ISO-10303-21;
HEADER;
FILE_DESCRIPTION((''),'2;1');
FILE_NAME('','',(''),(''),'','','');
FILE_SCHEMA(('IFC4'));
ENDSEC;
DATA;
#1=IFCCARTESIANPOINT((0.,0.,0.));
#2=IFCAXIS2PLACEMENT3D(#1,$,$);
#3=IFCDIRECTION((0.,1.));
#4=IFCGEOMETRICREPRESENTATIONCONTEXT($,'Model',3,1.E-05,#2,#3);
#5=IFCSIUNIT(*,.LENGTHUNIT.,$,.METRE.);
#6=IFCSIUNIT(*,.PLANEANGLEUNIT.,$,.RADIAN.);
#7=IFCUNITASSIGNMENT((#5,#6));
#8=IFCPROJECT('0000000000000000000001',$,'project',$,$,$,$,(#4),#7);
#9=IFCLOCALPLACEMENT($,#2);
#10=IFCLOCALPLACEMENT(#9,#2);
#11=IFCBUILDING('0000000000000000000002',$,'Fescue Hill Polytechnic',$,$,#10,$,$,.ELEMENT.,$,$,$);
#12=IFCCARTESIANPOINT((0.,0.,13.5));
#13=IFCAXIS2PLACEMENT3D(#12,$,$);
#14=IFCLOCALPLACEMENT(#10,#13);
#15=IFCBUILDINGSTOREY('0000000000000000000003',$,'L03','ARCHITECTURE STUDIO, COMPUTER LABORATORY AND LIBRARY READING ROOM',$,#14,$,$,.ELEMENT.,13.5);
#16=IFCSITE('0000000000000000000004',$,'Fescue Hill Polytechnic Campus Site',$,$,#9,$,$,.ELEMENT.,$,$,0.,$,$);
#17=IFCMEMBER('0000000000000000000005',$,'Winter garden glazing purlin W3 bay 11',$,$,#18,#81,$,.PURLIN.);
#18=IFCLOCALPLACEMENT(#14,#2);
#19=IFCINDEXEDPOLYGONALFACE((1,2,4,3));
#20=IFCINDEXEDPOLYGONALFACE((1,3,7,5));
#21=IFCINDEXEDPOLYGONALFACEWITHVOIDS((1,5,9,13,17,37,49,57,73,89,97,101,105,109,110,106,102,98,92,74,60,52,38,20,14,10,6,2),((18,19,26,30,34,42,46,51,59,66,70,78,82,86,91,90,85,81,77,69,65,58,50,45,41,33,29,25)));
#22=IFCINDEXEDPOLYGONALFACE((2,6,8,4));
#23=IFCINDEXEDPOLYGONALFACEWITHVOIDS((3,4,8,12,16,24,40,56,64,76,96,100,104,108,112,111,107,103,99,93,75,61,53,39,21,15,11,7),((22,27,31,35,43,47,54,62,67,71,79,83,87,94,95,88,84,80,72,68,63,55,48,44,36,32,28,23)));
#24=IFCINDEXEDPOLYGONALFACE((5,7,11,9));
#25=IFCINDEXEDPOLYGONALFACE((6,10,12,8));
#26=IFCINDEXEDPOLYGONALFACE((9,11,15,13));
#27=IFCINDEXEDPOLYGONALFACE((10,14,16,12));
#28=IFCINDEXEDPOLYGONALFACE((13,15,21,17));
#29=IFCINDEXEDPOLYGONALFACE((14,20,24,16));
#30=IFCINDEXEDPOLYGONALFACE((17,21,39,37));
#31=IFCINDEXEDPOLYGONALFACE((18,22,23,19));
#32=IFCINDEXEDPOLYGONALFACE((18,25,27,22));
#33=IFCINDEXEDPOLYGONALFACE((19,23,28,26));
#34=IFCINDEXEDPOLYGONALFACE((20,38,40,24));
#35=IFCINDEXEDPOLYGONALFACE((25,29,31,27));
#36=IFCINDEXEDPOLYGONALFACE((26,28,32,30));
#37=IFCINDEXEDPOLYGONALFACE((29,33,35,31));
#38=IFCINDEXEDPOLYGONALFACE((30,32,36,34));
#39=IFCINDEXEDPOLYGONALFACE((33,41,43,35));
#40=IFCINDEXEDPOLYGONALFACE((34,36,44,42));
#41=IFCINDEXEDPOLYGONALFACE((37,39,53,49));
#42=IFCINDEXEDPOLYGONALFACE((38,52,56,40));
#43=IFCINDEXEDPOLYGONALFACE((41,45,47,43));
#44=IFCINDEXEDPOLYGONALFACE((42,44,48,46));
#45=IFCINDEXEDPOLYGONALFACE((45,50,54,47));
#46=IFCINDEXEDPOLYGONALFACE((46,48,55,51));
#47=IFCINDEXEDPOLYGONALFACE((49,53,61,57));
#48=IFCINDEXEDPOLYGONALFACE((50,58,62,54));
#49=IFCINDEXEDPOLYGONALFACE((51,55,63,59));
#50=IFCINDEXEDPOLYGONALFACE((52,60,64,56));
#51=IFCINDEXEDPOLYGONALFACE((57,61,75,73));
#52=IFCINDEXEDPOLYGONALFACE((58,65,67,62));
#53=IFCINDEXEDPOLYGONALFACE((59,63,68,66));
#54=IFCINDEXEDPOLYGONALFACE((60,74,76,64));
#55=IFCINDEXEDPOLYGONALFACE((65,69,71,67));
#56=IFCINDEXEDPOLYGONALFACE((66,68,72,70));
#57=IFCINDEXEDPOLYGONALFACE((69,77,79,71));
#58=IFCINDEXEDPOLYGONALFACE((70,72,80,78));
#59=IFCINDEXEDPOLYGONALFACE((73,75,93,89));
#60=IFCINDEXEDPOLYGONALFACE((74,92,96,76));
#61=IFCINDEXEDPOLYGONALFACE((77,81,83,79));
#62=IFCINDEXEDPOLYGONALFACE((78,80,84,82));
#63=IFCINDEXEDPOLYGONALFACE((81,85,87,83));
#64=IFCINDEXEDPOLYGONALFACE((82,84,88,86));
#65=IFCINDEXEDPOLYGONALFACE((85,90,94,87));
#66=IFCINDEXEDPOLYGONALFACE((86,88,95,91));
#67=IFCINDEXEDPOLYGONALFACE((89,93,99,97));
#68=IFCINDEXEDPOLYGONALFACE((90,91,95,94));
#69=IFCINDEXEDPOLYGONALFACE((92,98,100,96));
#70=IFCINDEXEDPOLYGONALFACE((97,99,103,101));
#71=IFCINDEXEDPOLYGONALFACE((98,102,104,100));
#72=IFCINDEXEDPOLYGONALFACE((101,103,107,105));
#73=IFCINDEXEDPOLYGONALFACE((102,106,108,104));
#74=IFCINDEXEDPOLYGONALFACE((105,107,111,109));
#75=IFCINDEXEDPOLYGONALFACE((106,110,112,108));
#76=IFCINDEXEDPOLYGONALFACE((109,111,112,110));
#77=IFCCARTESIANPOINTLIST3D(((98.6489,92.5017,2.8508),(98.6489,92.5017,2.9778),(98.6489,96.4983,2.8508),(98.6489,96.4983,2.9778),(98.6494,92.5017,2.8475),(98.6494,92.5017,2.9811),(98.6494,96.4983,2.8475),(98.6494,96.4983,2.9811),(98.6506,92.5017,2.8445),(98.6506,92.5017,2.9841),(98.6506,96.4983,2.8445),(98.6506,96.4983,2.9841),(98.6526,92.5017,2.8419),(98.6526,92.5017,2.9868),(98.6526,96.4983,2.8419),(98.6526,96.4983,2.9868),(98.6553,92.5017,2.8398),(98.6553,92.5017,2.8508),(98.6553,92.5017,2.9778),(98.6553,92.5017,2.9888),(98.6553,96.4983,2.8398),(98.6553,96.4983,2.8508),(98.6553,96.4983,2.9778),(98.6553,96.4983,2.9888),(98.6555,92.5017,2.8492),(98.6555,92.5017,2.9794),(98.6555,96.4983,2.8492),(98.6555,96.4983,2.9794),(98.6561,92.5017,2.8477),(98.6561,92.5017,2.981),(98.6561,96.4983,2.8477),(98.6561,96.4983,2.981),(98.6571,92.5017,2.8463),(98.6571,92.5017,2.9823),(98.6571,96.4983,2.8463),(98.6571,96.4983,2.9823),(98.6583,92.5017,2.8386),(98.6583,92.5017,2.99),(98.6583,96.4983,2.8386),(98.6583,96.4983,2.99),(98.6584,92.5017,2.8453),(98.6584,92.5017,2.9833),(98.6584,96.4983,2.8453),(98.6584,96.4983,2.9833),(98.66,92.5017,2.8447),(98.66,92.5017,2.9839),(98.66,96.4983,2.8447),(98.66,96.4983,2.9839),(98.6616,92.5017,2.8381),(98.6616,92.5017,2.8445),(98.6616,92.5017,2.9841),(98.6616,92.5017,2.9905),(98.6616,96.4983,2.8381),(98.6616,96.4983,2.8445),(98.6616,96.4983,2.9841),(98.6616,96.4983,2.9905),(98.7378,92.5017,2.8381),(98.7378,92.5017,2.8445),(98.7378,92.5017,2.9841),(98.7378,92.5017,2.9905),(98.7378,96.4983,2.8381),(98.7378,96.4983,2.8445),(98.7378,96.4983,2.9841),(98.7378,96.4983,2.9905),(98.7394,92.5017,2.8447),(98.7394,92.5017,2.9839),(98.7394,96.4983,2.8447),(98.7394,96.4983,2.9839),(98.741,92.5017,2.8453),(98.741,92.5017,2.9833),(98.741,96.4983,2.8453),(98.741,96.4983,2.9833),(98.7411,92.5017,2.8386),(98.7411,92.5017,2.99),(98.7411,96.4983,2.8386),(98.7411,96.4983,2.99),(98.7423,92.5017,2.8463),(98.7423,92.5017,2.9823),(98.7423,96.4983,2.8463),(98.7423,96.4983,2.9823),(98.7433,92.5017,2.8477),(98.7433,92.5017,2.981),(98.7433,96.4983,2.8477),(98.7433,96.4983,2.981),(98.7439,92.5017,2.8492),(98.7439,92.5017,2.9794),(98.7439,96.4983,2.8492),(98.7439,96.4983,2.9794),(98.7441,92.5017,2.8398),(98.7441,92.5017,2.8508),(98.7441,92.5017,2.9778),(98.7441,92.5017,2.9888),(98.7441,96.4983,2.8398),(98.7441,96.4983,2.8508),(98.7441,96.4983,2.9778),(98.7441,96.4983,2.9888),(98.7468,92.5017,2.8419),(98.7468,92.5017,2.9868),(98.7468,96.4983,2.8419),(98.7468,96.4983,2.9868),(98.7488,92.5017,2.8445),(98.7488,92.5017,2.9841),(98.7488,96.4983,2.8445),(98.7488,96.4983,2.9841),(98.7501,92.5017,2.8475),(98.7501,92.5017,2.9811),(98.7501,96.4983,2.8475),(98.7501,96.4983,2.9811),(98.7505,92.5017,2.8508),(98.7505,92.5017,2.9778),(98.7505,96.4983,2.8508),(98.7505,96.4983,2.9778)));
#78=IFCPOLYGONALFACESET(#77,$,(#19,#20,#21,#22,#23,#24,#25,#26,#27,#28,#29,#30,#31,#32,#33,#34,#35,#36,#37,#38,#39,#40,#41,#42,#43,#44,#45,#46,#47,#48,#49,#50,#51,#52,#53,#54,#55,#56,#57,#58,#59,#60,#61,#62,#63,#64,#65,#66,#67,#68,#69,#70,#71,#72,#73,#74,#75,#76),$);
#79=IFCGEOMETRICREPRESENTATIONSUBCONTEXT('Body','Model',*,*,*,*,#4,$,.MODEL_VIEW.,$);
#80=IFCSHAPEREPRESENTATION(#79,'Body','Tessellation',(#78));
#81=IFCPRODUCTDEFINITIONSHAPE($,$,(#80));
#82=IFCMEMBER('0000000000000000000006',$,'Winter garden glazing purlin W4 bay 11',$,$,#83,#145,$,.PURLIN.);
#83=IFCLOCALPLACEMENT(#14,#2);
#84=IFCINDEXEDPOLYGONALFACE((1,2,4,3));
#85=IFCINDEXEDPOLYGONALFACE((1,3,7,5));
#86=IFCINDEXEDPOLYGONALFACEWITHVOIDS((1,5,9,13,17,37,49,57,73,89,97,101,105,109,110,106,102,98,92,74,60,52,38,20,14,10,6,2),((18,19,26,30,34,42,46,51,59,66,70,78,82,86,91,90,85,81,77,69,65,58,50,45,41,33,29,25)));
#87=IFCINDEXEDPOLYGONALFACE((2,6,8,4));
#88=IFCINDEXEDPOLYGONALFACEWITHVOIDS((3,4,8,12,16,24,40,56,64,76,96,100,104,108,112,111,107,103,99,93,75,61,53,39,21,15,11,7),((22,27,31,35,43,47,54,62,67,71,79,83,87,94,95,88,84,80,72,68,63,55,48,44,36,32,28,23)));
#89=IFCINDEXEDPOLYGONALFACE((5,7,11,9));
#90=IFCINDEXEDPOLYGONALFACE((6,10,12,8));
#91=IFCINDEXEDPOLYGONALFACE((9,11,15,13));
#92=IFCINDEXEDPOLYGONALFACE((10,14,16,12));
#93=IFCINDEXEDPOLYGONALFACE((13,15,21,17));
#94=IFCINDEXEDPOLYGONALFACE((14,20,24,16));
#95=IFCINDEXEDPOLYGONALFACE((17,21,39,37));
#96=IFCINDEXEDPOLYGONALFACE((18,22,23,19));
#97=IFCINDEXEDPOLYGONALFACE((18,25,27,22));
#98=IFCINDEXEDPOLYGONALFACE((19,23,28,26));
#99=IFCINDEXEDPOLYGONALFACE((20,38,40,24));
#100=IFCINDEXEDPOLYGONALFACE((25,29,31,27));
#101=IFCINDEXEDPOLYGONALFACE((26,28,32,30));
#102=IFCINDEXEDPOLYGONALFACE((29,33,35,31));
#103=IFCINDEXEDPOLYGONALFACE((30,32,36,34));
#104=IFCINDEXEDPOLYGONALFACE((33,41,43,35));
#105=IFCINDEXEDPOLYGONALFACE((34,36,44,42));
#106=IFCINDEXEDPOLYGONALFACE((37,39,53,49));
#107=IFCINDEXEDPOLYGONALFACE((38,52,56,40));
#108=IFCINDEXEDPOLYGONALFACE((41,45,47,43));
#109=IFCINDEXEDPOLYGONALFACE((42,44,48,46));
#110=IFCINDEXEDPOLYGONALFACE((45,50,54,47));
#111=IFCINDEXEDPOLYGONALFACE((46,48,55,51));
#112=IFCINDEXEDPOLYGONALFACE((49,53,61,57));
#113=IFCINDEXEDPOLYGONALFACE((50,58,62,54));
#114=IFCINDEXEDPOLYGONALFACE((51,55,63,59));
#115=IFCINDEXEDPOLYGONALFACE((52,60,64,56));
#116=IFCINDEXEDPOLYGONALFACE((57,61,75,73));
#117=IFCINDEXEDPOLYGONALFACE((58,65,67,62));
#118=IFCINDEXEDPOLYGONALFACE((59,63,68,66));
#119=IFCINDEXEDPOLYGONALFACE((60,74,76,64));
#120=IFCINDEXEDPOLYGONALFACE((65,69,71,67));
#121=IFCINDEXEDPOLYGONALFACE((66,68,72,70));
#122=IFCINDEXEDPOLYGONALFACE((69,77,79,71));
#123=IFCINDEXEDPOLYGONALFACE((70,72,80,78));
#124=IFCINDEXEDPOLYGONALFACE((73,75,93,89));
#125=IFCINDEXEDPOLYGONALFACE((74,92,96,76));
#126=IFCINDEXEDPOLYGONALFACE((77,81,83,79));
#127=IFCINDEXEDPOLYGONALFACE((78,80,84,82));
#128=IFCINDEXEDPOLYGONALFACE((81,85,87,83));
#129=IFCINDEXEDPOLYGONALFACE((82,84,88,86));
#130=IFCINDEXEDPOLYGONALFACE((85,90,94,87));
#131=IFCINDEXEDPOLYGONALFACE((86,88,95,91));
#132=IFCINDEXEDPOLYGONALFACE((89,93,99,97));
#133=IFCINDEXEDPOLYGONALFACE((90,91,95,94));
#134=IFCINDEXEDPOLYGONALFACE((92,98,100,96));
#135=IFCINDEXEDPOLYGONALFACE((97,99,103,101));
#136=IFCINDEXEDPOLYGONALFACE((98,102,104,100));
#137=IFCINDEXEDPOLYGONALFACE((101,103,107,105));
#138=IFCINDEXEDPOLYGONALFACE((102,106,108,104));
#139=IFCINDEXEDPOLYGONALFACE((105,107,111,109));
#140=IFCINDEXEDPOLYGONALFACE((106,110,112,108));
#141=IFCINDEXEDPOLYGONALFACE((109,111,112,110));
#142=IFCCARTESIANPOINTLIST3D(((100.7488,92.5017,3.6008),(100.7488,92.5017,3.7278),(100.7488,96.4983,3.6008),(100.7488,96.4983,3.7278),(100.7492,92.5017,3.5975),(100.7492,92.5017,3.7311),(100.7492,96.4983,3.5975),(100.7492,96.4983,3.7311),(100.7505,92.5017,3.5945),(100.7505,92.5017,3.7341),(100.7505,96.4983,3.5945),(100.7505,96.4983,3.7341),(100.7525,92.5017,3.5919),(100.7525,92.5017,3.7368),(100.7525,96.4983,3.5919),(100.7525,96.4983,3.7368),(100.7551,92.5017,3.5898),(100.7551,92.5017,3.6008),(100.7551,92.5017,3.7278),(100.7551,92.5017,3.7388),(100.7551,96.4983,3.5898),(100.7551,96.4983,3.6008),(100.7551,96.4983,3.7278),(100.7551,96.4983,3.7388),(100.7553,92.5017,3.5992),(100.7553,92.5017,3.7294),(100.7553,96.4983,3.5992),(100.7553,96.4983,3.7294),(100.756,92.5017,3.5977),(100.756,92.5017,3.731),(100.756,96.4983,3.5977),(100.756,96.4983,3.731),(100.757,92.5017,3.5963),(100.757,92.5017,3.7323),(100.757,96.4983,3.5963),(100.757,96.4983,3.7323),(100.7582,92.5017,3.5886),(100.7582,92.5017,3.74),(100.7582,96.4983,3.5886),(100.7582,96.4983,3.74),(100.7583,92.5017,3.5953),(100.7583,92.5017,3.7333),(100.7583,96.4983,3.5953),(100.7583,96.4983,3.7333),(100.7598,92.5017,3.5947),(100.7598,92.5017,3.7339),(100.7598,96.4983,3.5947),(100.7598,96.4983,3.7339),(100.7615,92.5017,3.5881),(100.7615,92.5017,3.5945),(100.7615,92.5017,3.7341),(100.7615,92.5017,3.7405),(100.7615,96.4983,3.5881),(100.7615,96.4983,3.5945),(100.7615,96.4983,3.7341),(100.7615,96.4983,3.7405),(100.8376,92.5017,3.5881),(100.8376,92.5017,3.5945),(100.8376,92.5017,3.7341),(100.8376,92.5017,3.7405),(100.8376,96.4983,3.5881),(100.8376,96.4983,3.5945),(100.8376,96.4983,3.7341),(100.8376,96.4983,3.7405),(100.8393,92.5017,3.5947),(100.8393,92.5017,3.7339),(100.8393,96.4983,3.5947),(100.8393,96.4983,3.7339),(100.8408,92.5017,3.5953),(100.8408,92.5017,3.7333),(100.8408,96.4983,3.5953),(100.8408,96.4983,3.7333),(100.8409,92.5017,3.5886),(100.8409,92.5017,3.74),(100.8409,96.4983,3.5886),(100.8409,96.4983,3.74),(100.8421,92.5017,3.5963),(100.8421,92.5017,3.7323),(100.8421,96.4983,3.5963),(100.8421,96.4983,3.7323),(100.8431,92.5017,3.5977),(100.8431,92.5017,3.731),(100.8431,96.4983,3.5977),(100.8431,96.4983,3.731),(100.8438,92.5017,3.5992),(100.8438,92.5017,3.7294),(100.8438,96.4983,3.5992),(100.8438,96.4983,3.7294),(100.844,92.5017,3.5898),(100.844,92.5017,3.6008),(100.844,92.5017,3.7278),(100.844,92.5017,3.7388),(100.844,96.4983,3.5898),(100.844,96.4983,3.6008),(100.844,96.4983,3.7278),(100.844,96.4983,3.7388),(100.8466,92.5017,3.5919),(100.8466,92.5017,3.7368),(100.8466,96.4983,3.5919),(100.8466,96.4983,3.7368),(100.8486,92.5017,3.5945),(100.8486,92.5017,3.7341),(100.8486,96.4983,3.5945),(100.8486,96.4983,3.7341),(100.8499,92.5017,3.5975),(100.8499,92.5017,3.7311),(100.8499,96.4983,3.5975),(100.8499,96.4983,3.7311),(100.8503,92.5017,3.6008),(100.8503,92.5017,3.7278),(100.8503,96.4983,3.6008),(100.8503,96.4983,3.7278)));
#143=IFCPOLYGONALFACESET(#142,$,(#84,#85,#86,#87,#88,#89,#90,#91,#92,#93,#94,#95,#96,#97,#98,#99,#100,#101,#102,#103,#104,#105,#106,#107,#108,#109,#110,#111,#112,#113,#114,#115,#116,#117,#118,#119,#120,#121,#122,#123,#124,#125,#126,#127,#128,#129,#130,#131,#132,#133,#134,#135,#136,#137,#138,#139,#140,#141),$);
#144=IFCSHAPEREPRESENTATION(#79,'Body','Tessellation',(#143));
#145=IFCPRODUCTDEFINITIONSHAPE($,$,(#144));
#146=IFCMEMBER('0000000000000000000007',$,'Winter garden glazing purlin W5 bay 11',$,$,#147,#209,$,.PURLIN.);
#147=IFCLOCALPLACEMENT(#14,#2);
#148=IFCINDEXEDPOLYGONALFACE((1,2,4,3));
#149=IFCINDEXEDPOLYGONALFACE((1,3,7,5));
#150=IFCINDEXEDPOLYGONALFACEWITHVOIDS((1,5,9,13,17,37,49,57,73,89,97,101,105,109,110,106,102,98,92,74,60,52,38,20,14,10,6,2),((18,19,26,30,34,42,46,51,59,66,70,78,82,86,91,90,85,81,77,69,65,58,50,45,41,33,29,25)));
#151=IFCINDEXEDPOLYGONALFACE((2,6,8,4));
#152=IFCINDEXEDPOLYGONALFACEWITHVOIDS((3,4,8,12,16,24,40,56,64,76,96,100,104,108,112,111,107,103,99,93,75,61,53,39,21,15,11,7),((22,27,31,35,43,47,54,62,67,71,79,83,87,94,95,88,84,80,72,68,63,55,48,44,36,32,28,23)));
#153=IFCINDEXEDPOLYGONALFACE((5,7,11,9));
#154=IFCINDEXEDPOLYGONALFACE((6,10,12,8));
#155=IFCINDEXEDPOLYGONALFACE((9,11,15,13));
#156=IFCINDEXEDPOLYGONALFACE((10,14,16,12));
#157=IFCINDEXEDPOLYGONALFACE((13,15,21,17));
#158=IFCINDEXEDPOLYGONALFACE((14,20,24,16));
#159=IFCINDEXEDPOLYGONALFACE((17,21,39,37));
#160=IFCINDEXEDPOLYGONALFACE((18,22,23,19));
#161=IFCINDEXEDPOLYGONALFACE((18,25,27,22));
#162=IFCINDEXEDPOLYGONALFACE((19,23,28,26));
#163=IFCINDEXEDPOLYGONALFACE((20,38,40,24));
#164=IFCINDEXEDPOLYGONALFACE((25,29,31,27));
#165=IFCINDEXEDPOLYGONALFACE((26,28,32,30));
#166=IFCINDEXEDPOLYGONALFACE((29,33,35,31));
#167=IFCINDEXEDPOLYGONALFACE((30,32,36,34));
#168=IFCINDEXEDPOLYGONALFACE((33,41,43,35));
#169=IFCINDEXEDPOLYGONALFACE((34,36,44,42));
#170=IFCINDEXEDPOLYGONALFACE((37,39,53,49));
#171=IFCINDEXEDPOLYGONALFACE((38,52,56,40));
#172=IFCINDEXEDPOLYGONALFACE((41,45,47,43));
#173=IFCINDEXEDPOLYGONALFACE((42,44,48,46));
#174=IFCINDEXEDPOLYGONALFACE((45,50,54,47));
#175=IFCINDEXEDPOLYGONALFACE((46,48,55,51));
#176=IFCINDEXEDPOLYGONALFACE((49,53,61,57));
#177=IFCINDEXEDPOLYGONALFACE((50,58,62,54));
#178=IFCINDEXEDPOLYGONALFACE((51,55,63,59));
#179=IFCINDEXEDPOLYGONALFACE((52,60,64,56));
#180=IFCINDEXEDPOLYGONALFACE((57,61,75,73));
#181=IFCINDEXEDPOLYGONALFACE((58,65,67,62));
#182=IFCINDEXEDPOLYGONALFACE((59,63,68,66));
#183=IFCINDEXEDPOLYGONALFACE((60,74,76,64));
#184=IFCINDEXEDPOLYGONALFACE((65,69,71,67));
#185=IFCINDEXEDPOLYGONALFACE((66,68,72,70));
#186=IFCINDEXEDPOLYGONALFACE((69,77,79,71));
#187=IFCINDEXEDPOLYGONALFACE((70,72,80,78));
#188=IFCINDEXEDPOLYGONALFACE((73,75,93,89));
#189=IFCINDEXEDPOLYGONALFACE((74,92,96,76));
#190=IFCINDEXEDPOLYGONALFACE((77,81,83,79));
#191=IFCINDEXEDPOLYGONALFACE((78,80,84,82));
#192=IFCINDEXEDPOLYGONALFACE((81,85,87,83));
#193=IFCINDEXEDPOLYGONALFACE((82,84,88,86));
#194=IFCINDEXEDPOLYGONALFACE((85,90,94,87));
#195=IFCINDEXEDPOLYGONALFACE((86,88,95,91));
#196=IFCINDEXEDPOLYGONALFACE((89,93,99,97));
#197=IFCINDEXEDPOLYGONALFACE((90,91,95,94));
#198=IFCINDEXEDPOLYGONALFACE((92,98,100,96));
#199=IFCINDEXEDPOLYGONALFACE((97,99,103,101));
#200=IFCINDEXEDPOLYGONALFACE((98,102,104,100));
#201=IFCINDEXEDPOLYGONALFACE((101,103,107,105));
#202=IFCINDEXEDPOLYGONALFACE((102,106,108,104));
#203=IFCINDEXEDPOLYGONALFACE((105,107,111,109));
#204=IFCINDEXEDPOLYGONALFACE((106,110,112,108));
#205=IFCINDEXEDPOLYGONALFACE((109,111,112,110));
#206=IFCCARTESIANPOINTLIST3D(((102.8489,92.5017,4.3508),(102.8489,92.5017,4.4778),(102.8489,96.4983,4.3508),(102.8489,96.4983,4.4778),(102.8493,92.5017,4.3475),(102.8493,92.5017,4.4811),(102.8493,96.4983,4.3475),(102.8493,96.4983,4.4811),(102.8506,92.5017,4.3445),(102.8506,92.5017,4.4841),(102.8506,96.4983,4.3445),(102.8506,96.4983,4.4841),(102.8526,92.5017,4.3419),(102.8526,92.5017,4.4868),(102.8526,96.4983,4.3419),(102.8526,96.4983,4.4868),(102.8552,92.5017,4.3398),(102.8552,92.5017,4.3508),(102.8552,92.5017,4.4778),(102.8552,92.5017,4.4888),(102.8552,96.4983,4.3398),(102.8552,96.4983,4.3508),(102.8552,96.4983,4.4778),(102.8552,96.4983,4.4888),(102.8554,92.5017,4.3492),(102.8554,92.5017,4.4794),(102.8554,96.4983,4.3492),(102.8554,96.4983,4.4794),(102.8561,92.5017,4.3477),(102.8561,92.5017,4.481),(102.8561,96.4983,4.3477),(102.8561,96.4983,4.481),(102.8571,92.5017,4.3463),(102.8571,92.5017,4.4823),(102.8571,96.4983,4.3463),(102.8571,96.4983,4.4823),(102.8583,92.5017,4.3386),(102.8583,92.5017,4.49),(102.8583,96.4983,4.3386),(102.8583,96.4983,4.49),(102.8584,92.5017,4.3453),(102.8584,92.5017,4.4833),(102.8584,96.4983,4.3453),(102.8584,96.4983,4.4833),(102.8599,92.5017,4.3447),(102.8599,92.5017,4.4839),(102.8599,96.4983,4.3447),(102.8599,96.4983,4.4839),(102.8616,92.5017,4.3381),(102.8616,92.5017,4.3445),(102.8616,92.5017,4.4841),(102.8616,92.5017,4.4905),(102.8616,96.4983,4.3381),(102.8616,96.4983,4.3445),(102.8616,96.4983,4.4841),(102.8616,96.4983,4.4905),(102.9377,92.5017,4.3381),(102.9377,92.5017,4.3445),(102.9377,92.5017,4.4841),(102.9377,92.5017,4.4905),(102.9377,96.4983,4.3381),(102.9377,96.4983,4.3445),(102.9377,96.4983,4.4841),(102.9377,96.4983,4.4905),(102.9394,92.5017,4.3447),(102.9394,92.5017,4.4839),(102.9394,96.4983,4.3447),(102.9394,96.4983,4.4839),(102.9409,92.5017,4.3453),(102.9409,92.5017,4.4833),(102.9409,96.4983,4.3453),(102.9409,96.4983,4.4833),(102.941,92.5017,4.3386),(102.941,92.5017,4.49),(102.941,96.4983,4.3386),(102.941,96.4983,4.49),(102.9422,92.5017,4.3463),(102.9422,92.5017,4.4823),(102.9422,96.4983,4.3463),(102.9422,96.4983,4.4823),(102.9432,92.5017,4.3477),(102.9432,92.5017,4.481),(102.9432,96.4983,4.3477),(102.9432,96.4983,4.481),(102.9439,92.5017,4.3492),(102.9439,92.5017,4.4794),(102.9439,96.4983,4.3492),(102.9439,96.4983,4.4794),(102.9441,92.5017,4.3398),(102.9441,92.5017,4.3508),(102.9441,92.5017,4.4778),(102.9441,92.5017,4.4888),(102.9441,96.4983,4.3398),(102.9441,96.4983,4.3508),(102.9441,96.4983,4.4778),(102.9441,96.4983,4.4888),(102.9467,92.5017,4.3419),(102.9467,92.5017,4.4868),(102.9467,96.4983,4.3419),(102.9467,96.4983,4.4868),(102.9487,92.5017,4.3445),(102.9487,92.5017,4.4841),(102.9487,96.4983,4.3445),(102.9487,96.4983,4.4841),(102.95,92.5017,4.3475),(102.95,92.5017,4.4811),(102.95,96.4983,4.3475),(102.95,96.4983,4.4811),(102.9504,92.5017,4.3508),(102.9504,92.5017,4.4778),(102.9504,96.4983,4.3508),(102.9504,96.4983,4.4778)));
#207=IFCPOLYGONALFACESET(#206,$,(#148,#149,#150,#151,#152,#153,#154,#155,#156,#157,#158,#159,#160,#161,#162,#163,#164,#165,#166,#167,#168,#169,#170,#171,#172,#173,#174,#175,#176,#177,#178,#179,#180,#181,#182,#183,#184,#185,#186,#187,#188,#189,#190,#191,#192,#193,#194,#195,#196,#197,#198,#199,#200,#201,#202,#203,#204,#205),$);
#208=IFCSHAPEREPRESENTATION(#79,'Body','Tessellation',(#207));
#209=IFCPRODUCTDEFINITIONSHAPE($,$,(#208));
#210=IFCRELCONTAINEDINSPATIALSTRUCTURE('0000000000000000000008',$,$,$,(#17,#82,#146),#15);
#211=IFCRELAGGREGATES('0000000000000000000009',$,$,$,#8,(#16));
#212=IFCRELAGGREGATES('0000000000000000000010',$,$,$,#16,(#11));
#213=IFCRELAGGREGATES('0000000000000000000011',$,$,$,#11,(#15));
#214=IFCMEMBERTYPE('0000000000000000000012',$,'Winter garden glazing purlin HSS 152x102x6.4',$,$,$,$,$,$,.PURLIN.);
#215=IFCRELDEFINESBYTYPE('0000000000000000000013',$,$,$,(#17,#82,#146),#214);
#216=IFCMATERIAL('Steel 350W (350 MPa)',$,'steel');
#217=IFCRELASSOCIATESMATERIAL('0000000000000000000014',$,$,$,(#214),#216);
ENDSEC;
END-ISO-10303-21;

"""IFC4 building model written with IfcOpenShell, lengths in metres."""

from ifc_helpers import new_model, si_unit, direction, frame, origin, origin_2d, place, context, subcontext, project, spatial, hollow_rectangle, extrude, material, material_profile, profile_set, type_object, element, save


model = new_model("IFC4")

# Units and contexts
model_context = context("Model", 3, precision=1e-05, world=origin(), true_north=direction((0.0, 1.0)))
body_context = subcontext(model_context, "Body", "Model", "MODEL_VIEW")
ifc_project = project(units=[si_unit("LENGTHUNIT", "METRE"), si_unit("PLANEANGLEUNIT", "RADIAN")], contexts=[model_context])

# Site, building, storey
site_placement = place(None, origin())
site = spatial("IfcSite", under=ifc_project, at=site_placement, Name="Fescue Hill Polytechnic Campus Site", CompositionType="ELEMENT", RefElevation=0.0)
building_placement = place(site_placement, origin())
building = spatial("IfcBuilding", under=site, at=building_placement, Name="Fescue Hill Polytechnic", CompositionType="ELEMENT")
storey_placement = place(building_placement, frame((0.0, 0.0, 13.5)))
storey = spatial("IfcBuildingStorey", under=building, at=storey_placement, Name="L03", Description="ARCHITECTURE STUDIO, COMPUTER LABORATORY AND LIBRARY READING ROOM", CompositionType="ELEMENT", Elevation=13.5)

# Members
ifc_material_1 = material(Name="Steel 350W (350 MPa)", Category="steel")
ifc_material_profile_1 = material_profile(ifc_material_1, hollow_rectangle(XDim=0.1016, YDim=0.1523, WallThickness=0.0063, InnerFilletRadius=0.0063, OuterFilletRadius=0.0127, at=origin_2d()), Name="Winter garden glazing purlin HSS 152x102x6.4")
ifc_profile_set_1 = profile_set([ifc_material_profile_1], Name="Steel 350W (350 MPa)")
member_type_1 = type_object("IfcMemberType", Name="Winter garden glazing purlin HSS 152x102x6.4", PredefinedType="PURLIN", material=ifc_profile_set_1)
for number, where, z_axis, x_axis, name in (
    (1, (98.6997, 92.5017, 2.9143), (0.0, 1.0, 0.0), (-1.0, 0.0, 0.0), "Winter garden glazing purlin W3 bay 11"),
    (2, (100.7996, 92.5017, 3.6643), (0.0, 1.0, 0.0), (-1.0, 0.0, 0.0), "Winter garden glazing purlin W4 bay 11"),
    (3, (102.8997, 92.5017, 4.4143), (0.0, 1.0, 0.0), (-1.0, 0.0, 0.0), "Winter garden glazing purlin W5 bay 11"),
):
    element("IfcMember", number, at=place(storey_placement, frame(where, z_axis=z_axis, x_axis=x_axis)), inside=storey, type_object=member_type_1, Name=name, PredefinedType="PURLIN", context=body_context, shape_type="SweptSolid", body=[
        extrude(hollow_rectangle(XDim=0.1016, YDim=0.1523, WallThickness=0.0063, InnerFilletRadius=0.0063, OuterFilletRadius=0.0127, at=origin_2d()), origin(), (0.0, 0.0, 1.0), 3.9966),
    ])

save(model, "model.ifc")
